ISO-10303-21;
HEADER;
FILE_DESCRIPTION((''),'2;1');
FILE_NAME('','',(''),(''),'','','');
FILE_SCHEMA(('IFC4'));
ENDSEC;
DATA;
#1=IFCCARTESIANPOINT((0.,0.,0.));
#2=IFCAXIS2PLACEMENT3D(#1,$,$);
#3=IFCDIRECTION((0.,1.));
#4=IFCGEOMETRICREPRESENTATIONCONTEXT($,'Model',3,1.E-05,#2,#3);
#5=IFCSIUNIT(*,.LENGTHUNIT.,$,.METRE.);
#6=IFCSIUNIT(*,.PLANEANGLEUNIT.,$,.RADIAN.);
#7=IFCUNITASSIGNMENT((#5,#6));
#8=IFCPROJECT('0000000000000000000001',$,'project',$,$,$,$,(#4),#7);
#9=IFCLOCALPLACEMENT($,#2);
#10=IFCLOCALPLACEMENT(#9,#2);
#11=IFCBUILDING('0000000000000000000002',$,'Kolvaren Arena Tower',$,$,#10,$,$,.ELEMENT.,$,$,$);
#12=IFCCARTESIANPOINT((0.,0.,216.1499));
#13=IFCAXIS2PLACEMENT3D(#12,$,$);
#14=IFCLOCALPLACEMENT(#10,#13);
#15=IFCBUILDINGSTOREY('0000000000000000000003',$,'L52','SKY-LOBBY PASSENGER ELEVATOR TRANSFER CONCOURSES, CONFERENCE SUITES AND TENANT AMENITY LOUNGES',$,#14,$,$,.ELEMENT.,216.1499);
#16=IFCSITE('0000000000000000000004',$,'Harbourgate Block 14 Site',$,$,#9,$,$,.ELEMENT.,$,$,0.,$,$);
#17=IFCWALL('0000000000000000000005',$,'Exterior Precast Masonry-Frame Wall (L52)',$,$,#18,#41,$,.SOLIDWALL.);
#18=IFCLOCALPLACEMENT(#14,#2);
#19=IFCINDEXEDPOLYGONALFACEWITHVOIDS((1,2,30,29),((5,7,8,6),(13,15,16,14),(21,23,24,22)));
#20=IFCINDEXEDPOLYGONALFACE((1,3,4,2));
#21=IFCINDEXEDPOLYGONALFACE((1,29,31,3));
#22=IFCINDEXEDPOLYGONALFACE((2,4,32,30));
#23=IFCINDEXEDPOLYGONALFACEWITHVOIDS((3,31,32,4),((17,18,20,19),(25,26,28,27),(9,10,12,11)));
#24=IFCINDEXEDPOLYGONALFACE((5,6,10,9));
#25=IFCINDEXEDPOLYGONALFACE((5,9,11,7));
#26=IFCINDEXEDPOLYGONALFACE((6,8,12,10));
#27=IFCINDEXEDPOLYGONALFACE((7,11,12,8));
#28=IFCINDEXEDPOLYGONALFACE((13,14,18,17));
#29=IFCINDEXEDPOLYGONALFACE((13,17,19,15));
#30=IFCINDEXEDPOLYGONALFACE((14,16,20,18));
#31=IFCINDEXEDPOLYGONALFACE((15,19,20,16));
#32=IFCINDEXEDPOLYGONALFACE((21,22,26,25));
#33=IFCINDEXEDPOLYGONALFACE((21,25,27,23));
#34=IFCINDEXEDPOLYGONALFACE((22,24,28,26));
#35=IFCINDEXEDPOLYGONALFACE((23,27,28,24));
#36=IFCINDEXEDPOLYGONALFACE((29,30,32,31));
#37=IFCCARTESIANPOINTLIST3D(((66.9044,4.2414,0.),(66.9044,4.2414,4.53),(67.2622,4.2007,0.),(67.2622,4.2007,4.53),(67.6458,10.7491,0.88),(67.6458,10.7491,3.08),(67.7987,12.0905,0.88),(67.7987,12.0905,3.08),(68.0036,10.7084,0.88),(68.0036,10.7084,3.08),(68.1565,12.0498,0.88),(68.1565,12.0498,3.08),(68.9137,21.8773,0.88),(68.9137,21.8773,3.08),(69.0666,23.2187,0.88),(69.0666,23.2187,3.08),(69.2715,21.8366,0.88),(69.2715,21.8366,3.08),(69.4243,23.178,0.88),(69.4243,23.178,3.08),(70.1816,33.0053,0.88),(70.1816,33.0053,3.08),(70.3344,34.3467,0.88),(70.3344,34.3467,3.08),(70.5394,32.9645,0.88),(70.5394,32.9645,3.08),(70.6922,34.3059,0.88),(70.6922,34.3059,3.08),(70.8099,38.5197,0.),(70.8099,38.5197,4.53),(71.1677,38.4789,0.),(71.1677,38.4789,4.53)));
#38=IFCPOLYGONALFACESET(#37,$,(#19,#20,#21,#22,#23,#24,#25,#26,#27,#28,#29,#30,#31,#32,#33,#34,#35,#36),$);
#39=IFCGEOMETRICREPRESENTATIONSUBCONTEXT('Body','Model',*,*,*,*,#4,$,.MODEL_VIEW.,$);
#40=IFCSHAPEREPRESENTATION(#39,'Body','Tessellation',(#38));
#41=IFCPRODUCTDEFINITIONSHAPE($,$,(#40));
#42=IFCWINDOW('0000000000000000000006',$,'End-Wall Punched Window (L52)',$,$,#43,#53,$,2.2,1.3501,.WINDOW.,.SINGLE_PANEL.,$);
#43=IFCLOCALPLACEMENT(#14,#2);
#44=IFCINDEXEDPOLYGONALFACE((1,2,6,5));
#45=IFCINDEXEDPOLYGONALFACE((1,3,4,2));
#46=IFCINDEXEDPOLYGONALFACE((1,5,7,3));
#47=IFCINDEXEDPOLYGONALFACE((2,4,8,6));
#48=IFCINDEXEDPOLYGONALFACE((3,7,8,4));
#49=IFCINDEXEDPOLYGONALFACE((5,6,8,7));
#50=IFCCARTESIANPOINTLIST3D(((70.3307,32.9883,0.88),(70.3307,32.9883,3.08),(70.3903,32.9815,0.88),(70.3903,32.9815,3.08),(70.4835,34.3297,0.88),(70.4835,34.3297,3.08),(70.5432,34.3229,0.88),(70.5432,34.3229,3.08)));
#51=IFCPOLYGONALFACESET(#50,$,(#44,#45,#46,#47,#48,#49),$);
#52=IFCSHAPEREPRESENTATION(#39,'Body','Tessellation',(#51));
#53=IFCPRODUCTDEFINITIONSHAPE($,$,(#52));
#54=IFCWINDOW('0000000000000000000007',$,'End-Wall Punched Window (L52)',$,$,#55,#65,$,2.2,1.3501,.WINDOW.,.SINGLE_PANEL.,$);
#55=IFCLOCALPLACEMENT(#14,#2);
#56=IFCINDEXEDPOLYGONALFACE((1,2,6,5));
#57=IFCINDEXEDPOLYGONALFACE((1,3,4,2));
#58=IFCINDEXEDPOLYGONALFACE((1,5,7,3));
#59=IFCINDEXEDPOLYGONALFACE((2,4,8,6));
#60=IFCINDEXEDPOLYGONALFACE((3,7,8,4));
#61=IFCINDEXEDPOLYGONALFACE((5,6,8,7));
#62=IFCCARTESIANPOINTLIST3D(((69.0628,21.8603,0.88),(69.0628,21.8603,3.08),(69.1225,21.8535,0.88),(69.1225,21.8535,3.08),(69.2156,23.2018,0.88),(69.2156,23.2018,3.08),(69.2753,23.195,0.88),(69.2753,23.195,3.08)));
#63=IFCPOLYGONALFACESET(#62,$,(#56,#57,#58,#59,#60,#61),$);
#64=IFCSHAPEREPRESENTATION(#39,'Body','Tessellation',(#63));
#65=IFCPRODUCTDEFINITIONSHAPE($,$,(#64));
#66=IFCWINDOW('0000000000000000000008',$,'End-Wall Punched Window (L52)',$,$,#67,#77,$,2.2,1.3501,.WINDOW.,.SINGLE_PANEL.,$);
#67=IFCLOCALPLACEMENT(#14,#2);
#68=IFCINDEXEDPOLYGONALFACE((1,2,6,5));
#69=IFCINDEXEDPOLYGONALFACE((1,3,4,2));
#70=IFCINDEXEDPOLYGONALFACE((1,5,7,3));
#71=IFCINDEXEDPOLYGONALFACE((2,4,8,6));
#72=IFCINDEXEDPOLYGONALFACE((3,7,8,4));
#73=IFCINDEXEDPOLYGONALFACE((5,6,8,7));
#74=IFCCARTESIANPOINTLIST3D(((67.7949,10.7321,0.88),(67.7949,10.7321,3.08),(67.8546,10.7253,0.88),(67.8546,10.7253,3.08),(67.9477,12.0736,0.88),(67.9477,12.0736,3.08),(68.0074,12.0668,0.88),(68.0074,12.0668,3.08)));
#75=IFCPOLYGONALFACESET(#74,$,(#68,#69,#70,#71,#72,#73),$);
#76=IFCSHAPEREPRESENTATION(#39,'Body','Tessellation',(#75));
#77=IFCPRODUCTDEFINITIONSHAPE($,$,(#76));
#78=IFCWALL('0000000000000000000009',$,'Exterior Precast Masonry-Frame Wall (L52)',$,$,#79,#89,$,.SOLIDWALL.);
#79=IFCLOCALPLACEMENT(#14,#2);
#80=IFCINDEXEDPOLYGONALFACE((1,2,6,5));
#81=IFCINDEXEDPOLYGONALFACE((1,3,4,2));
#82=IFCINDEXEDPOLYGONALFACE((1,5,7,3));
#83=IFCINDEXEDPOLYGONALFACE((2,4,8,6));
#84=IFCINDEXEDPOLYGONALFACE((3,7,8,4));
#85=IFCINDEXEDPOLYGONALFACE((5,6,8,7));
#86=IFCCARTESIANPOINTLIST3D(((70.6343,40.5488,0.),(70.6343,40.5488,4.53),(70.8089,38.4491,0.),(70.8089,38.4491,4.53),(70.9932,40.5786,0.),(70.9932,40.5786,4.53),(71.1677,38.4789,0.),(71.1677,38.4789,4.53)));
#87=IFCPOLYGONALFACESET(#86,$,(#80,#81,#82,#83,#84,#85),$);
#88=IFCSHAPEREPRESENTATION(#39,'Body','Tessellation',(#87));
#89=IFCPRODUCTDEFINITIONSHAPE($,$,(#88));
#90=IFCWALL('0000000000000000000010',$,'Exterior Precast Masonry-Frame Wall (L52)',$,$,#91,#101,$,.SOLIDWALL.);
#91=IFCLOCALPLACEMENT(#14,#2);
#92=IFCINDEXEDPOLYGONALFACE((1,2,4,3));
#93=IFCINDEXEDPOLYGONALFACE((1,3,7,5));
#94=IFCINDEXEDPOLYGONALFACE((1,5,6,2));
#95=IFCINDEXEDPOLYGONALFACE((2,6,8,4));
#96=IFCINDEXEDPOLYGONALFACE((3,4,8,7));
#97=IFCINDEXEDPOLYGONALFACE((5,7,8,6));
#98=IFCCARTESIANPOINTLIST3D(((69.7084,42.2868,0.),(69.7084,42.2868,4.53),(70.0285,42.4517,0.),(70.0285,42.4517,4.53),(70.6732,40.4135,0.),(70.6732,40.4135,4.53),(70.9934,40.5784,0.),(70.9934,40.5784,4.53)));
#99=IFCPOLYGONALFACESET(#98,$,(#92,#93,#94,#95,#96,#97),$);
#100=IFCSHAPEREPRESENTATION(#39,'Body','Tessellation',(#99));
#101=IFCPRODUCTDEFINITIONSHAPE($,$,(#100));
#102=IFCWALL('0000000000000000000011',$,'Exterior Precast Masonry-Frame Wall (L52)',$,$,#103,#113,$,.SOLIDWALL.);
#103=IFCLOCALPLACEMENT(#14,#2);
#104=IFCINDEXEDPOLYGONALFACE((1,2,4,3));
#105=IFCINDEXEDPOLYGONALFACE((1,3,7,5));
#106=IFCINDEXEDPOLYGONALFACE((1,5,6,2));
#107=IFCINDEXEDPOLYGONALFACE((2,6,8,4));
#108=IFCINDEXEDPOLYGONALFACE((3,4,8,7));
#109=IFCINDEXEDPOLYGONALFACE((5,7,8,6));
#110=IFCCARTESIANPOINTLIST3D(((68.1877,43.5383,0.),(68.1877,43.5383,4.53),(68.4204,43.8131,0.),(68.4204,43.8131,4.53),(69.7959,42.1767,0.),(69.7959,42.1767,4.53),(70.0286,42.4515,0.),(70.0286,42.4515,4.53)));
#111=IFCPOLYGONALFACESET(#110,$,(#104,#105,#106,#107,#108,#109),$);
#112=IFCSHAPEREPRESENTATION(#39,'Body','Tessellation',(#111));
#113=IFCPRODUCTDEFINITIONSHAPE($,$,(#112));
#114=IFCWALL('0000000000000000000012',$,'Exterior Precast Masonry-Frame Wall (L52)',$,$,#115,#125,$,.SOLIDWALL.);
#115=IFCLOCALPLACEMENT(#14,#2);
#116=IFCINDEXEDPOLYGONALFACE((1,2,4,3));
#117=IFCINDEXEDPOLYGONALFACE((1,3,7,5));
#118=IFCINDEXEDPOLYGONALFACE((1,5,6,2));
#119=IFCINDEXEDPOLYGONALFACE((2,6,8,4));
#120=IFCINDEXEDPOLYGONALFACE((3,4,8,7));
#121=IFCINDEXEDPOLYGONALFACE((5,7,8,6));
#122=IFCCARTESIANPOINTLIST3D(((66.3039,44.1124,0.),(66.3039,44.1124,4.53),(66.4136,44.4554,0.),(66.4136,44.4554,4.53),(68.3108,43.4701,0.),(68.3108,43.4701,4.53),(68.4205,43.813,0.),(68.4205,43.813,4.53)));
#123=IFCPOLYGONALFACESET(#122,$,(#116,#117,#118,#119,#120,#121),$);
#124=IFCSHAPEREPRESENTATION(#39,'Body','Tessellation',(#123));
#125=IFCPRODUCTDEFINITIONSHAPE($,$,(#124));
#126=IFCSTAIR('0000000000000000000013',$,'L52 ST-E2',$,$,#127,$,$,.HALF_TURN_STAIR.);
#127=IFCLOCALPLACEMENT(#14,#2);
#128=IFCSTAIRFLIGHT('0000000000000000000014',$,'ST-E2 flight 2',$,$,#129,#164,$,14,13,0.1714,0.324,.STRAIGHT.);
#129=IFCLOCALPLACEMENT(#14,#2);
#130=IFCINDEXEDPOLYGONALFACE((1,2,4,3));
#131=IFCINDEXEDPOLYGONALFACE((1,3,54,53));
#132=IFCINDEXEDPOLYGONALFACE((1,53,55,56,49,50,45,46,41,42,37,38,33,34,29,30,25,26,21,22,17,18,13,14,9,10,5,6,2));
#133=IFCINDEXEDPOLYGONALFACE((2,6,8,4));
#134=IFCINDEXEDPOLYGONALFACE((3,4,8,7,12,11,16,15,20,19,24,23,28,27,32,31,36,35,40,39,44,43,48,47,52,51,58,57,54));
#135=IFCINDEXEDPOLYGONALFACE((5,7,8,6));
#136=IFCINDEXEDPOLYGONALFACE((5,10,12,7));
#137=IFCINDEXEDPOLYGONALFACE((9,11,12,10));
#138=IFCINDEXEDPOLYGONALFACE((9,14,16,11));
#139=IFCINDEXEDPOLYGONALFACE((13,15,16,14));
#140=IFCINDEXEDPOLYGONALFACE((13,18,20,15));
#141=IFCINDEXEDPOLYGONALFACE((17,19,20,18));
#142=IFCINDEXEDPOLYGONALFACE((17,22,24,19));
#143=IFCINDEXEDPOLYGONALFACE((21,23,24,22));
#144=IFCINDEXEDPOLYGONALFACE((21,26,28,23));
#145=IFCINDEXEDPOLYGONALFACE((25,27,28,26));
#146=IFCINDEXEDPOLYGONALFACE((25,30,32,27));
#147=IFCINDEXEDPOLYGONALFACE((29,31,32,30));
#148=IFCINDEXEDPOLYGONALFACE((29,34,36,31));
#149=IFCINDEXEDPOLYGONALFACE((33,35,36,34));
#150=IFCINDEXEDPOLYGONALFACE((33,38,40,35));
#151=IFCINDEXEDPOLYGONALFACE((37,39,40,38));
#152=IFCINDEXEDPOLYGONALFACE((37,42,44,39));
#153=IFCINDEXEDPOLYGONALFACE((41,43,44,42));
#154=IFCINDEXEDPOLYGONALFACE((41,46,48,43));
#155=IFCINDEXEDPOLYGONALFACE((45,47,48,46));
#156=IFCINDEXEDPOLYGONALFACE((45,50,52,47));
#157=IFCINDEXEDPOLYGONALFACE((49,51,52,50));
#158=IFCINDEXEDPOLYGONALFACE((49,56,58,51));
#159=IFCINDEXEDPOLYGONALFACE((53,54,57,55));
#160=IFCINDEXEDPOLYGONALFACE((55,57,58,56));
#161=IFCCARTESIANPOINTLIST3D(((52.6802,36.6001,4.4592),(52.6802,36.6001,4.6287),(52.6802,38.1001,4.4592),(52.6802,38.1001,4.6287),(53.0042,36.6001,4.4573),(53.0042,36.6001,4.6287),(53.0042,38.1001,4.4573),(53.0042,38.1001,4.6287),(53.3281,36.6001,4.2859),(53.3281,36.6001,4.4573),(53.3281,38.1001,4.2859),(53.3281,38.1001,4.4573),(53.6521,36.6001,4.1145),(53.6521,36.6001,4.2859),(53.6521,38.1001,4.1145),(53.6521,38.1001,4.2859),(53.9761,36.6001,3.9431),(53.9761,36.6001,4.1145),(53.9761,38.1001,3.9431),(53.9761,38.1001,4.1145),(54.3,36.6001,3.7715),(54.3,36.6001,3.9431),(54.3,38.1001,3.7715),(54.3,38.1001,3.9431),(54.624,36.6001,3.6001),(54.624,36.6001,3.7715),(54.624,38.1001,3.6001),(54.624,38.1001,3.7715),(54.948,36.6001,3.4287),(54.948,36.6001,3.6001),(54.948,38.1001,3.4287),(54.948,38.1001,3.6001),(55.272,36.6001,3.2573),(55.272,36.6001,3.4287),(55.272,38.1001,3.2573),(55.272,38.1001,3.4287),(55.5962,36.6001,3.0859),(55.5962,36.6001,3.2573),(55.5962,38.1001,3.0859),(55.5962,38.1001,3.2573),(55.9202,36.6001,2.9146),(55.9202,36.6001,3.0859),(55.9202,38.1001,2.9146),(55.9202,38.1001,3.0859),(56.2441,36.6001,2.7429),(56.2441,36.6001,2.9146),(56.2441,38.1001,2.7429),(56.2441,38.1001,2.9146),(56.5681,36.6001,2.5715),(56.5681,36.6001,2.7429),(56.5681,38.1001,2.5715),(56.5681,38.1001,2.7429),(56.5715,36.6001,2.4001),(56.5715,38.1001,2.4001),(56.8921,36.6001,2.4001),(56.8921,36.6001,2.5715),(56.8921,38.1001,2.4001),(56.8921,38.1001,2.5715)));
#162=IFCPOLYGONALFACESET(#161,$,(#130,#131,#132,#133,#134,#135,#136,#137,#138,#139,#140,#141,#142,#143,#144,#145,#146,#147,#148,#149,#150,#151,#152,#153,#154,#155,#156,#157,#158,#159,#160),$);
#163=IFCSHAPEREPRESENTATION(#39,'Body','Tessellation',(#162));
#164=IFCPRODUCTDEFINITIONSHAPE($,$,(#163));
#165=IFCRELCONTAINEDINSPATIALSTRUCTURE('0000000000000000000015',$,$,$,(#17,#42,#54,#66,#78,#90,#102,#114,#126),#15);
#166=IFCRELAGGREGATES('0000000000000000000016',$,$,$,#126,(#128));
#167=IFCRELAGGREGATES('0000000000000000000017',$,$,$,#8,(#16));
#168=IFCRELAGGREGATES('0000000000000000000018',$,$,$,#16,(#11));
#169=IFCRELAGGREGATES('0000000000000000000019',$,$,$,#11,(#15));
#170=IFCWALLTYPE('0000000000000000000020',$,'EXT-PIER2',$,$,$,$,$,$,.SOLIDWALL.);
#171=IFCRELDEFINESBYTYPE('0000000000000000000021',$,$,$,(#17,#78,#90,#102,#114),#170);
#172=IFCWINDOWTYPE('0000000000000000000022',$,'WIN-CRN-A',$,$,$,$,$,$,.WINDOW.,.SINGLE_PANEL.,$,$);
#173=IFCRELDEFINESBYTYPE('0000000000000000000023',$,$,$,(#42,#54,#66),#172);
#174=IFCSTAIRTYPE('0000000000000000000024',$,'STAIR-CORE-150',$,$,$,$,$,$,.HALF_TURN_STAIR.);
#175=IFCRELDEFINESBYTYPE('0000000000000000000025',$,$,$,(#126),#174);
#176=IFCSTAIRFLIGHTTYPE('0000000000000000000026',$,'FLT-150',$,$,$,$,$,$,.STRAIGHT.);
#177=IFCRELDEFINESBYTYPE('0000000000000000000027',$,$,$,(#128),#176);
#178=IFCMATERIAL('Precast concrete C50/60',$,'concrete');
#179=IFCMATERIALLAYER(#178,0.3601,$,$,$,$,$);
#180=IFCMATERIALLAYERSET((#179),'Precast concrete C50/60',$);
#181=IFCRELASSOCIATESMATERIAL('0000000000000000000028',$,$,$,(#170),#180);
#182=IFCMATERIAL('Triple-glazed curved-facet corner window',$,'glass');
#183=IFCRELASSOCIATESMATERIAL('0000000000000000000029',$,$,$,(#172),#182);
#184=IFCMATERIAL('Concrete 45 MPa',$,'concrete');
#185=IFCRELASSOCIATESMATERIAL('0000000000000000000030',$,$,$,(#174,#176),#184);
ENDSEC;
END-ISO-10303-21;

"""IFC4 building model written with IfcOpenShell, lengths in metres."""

from ifc_helpers import new_model, si_unit, direction, frame, frame_2d, origin, place, context, subcontext, project, spatial, polyline, rectangle, outline, extrude, material, layer, layer_set, type_object, element, fill, aggregate, save


model = new_model("IFC4")

# Units and contexts
model_context = context("Model", 3, precision=1e-05, world=origin(), true_north=direction((0.0, 1.0)))
body_context = subcontext(model_context, "Body", "Model", "MODEL_VIEW")
ifc_project = project(units=[si_unit("LENGTHUNIT", "METRE"), si_unit("PLANEANGLEUNIT", "RADIAN")], contexts=[model_context])

# Site, building, storey
site_placement = place(None, origin())
site = spatial("IfcSite", under=ifc_project, at=site_placement, Name="Harbourgate Block 14 Site", CompositionType="ELEMENT", RefElevation=0.0)
building_placement = place(site_placement, origin())
building = spatial("IfcBuilding", under=site, at=building_placement, Name="Kolvaren Arena Tower", CompositionType="ELEMENT")
storey_placement = place(building_placement, frame((0.0, 0.0, 216.1499)))
storey = spatial("IfcBuildingStorey", under=building, at=storey_placement, Name="L52", Description="SKY-LOBBY PASSENGER ELEVATOR TRANSFER CONCOURSES, CONFERENCE SUITES AND TENANT AMENITY LOUNGES", CompositionType="ELEMENT", Elevation=216.1499)

# Wall, openings, windows
ifc_material_1 = material(Name="Precast concrete C50/60", Category="concrete")
ifc_layer_1 = layer(ifc_material_1, 0.3601)
ifc_layer_set_1 = layer_set([ifc_layer_1], Name="Precast concrete C50/60")
wall_type_1 = type_object("IfcWallType", Name="EXT-PIER2", PredefinedType="SOLIDWALL", material=ifc_layer_set_1)
wall_1_placement = place(storey_placement, frame((70.9888, 38.4993, 0.0), z_axis=(0.0, 0.0, 1.0), x_axis=(-0.113203, -0.993572, 0.0)))
wall_1 = element("IfcWall", 1, at=wall_1_placement, inside=storey, type_object=wall_type_1, Name="Exterior Precast Masonry-Frame Wall (L52)", PredefinedType="SOLIDWALL", context=body_context, shape_type="SweptSolid", body=[
    extrude(rectangle(XDim=34.5, YDim=0.3601, at=frame_2d((17.25, 0.0))), origin(), (0.0, 0.0, 1.0), 4.53),
])
opening_1_placement = place(wall_1_placement, frame((4.2, 0.0, 0.8799)))
opening_1 = element("IfcOpeningElement", 2, at=opening_1_placement, cuts=wall_1, PredefinedType="OPENING", context=body_context, shape_type="SweptSolid", body=[
    extrude(rectangle(XDim=1.3501, YDim=2.2, at=frame_2d((0.675, 1.1001))), frame((0.0, 0.1899, 0.0), z_axis=(0.0, -1.0, 0.0), x_axis=(1.0, 0.0, 0.0)), (0.0, 0.0, 1.0), 0.3801),
])
opening_2_placement = place(wall_1_placement, frame((15.3999, 0.0, 0.8799)))
opening_2 = element("IfcOpeningElement", 3, at=opening_2_placement, cuts=wall_1, PredefinedType="OPENING", context=body_context, shape_type="SweptSolid", body=[
    extrude(rectangle(XDim=1.3501, YDim=2.2, at=frame_2d((0.675, 1.1001))), frame((0.0, 0.1899, 0.0), z_axis=(0.0, -1.0, 0.0), x_axis=(1.0, 0.0, 0.0)), (0.0, 0.0, 1.0), 0.3801),
])
opening_3_placement = place(wall_1_placement, frame((26.6001, 0.0, 0.8799)))
opening_3 = element("IfcOpeningElement", 4, at=opening_3_placement, cuts=wall_1, PredefinedType="OPENING", context=body_context, shape_type="SweptSolid", body=[
    extrude(rectangle(XDim=1.3501, YDim=2.2, at=frame_2d((0.675, 1.1001))), frame((0.0, 0.1899, 0.0), z_axis=(0.0, -1.0, 0.0), x_axis=(1.0, 0.0, 0.0)), (0.0, 0.0, 1.0), 0.3801),
])
ifc_material_2 = material(Name="Triple-glazed curved-facet corner window", Category="glass")
window_type = type_object("IfcWindowType", Name="WIN-CRN-A", PartitioningType="SINGLE_PANEL", PredefinedType="WINDOW", material=ifc_material_2)
window_1_placement = place(opening_1_placement, origin())
window_1 = element("IfcWindow", 5, at=window_1_placement, inside=storey, type_object=window_type, Name="End-Wall Punched Window (L52)", OverallHeight=2.2, OverallWidth=1.3501, PartitioningType="SINGLE_PANEL", PredefinedType="WINDOW", context=body_context, shape_type="SweptSolid", body=[
    extrude(rectangle(XDim=1.3501, YDim=2.2, at=frame_2d((0.675, 1.1001))), frame((0.0, 0.03, 0.0), z_axis=(0.0, -1.0, 0.0), x_axis=(1.0, 0.0, 0.0)), (0.0, 0.0, 1.0), 0.0601),
])
fill(opening_1, window_1)
window_2_placement = place(opening_2_placement, origin())
window_2 = element("IfcWindow", 6, at=window_2_placement, inside=storey, type_object=window_type, Name="End-Wall Punched Window (L52)", OverallHeight=2.2, OverallWidth=1.3501, PartitioningType="SINGLE_PANEL", PredefinedType="WINDOW", context=body_context, shape_type="SweptSolid", body=[
    extrude(rectangle(XDim=1.3501, YDim=2.2, at=frame_2d((0.675, 1.1001))), frame((0.0, 0.03, 0.0), z_axis=(0.0, -1.0, 0.0), x_axis=(1.0, 0.0, 0.0)), (0.0, 0.0, 1.0), 0.0601),
])
fill(opening_2, window_2)
window_3_placement = place(opening_3_placement, origin())
window_3 = element("IfcWindow", 7, at=window_3_placement, inside=storey, type_object=window_type, Name="End-Wall Punched Window (L52)", OverallHeight=2.2, OverallWidth=1.3501, PartitioningType="SINGLE_PANEL", PredefinedType="WINDOW", context=body_context, shape_type="SweptSolid", body=[
    extrude(rectangle(XDim=1.3501, YDim=2.2, at=frame_2d((0.675, 1.1001))), frame((0.0, 0.03, 0.0), z_axis=(0.0, -1.0, 0.0), x_axis=(1.0, 0.0, 0.0)), (0.0, 0.0, 1.0), 0.0601),
])
fill(opening_3, window_3)

# Walls
wall_2_placement = place(storey_placement, frame((70.8137, 40.5637, 0.0), z_axis=(0.0, 0.0, 1.0), x_axis=(0.082854, -0.996562, 0.0)))
element("IfcWall", 8, at=wall_2_placement, inside=storey, type_object=wall_type_1, Name="Exterior Precast Masonry-Frame Wall (L52)", PredefinedType="SOLIDWALL", context=body_context, shape_type="SweptSolid", body=[
    extrude(rectangle(XDim=2.1069, YDim=0.3601, at=frame_2d((1.0535, 0.0))), origin(), (0.0, 0.0, 1.0), 4.53),
])
for number, where, z_axis, x_axis, name in (
    (9, (69.8684, 42.3694, 0.0), (0.0, 0.0, 1.0), (0.457887, -0.88901, 0.0), "Exterior Precast Masonry-Frame Wall (L52)"),
    (10, (68.304, 43.6758, 0.0), (0.0, 0.0, 1.0), (0.763193, -0.646171, 0.0), "Exterior Precast Masonry-Frame Wall (L52)"),
    (11, (66.3586, 44.2839, 0.0), (0.0, 0.0, 1.0), (0.952404, -0.304839, 0.0), "Exterior Precast Masonry-Frame Wall (L52)"),
):
    element("IfcWall", number, at=place(storey_placement, frame(where, z_axis=z_axis, x_axis=x_axis)), inside=storey, type_object=wall_type_1, Name=name, PredefinedType="SOLIDWALL", context=body_context, shape_type="SweptSolid", body=[
        extrude(rectangle(XDim=2.1072, YDim=0.3601, at=frame_2d((1.0537, 0.0))), origin(), (0.0, 0.0, 1.0), 4.53),
    ])

# Stair, stair flight
ifc_material_3 = material(Name="Concrete 45 MPa", Category="concrete")
stair_type = type_object("IfcStairType", Name="STAIR-CORE-150", PredefinedType="HALF_TURN_STAIR", material=ifc_material_3)
stair_placement = place(storey_placement, origin())
stair = element("IfcStair", 12, at=stair_placement, inside=storey, type_object=stair_type, Name="L52 ST-E2", PredefinedType="HALF_TURN_STAIR")
stair_flight_type = type_object("IfcStairFlightType", Name="FLT-150", PredefinedType="STRAIGHT", material=ifc_material_3)
stair_flight_placement = place(storey_placement, frame((56.8921, 37.3501, 2.4001), z_axis=(0.0, 0.0, 1.0), x_axis=(-1.0, 0.0, 0.0)))
stair_flight = element("IfcStairFlight", 13, at=stair_flight_placement, type_object=stair_flight_type, Name="ST-E2 flight 2", NumberOfRisers=14, NumberOfTreads=13, PredefinedType="STRAIGHT", RiserHeight=0.1714, TreadLength=0.324, context=body_context, shape_type="SweptSolid", body=[
    extrude(outline(polyline([(0.0, 0.0), (0.0, 0.1714), (0.324, 0.1714), (0.324, 0.3428), (0.6479, 0.3428), (0.6479, 0.5144), (0.9719, 0.5144), (0.9719, 0.6858), (1.2959, 0.6858), (1.2959, 0.8572), (1.6201, 0.8572), (1.6201, 1.0286), (1.9441, 1.0286), (1.9441, 1.2), (2.2681, 1.2), (2.2681, 1.3713), (2.592, 1.3713), (2.592, 1.543), (2.916, 1.543), (2.916, 1.7144), (3.24, 1.7144), (3.24, 1.8857), (3.564, 1.8857), (3.564, 2.0571), (3.8879, 2.0571), (3.8879, 2.2285), (4.2119, 2.2285), (4.2119, 2.3999), (4.2119, 2.0591), (0.3206, 0.0), (0.0, 0.0)])), frame((0.0, 0.75, 0.0), z_axis=(0.0, -1.0, 0.0), x_axis=(1.0, 0.0, 0.0)), (0.0, 0.0, 1.0), 1.5),
])
aggregate(stair, [stair_flight])

save(model, "model.ifc")
